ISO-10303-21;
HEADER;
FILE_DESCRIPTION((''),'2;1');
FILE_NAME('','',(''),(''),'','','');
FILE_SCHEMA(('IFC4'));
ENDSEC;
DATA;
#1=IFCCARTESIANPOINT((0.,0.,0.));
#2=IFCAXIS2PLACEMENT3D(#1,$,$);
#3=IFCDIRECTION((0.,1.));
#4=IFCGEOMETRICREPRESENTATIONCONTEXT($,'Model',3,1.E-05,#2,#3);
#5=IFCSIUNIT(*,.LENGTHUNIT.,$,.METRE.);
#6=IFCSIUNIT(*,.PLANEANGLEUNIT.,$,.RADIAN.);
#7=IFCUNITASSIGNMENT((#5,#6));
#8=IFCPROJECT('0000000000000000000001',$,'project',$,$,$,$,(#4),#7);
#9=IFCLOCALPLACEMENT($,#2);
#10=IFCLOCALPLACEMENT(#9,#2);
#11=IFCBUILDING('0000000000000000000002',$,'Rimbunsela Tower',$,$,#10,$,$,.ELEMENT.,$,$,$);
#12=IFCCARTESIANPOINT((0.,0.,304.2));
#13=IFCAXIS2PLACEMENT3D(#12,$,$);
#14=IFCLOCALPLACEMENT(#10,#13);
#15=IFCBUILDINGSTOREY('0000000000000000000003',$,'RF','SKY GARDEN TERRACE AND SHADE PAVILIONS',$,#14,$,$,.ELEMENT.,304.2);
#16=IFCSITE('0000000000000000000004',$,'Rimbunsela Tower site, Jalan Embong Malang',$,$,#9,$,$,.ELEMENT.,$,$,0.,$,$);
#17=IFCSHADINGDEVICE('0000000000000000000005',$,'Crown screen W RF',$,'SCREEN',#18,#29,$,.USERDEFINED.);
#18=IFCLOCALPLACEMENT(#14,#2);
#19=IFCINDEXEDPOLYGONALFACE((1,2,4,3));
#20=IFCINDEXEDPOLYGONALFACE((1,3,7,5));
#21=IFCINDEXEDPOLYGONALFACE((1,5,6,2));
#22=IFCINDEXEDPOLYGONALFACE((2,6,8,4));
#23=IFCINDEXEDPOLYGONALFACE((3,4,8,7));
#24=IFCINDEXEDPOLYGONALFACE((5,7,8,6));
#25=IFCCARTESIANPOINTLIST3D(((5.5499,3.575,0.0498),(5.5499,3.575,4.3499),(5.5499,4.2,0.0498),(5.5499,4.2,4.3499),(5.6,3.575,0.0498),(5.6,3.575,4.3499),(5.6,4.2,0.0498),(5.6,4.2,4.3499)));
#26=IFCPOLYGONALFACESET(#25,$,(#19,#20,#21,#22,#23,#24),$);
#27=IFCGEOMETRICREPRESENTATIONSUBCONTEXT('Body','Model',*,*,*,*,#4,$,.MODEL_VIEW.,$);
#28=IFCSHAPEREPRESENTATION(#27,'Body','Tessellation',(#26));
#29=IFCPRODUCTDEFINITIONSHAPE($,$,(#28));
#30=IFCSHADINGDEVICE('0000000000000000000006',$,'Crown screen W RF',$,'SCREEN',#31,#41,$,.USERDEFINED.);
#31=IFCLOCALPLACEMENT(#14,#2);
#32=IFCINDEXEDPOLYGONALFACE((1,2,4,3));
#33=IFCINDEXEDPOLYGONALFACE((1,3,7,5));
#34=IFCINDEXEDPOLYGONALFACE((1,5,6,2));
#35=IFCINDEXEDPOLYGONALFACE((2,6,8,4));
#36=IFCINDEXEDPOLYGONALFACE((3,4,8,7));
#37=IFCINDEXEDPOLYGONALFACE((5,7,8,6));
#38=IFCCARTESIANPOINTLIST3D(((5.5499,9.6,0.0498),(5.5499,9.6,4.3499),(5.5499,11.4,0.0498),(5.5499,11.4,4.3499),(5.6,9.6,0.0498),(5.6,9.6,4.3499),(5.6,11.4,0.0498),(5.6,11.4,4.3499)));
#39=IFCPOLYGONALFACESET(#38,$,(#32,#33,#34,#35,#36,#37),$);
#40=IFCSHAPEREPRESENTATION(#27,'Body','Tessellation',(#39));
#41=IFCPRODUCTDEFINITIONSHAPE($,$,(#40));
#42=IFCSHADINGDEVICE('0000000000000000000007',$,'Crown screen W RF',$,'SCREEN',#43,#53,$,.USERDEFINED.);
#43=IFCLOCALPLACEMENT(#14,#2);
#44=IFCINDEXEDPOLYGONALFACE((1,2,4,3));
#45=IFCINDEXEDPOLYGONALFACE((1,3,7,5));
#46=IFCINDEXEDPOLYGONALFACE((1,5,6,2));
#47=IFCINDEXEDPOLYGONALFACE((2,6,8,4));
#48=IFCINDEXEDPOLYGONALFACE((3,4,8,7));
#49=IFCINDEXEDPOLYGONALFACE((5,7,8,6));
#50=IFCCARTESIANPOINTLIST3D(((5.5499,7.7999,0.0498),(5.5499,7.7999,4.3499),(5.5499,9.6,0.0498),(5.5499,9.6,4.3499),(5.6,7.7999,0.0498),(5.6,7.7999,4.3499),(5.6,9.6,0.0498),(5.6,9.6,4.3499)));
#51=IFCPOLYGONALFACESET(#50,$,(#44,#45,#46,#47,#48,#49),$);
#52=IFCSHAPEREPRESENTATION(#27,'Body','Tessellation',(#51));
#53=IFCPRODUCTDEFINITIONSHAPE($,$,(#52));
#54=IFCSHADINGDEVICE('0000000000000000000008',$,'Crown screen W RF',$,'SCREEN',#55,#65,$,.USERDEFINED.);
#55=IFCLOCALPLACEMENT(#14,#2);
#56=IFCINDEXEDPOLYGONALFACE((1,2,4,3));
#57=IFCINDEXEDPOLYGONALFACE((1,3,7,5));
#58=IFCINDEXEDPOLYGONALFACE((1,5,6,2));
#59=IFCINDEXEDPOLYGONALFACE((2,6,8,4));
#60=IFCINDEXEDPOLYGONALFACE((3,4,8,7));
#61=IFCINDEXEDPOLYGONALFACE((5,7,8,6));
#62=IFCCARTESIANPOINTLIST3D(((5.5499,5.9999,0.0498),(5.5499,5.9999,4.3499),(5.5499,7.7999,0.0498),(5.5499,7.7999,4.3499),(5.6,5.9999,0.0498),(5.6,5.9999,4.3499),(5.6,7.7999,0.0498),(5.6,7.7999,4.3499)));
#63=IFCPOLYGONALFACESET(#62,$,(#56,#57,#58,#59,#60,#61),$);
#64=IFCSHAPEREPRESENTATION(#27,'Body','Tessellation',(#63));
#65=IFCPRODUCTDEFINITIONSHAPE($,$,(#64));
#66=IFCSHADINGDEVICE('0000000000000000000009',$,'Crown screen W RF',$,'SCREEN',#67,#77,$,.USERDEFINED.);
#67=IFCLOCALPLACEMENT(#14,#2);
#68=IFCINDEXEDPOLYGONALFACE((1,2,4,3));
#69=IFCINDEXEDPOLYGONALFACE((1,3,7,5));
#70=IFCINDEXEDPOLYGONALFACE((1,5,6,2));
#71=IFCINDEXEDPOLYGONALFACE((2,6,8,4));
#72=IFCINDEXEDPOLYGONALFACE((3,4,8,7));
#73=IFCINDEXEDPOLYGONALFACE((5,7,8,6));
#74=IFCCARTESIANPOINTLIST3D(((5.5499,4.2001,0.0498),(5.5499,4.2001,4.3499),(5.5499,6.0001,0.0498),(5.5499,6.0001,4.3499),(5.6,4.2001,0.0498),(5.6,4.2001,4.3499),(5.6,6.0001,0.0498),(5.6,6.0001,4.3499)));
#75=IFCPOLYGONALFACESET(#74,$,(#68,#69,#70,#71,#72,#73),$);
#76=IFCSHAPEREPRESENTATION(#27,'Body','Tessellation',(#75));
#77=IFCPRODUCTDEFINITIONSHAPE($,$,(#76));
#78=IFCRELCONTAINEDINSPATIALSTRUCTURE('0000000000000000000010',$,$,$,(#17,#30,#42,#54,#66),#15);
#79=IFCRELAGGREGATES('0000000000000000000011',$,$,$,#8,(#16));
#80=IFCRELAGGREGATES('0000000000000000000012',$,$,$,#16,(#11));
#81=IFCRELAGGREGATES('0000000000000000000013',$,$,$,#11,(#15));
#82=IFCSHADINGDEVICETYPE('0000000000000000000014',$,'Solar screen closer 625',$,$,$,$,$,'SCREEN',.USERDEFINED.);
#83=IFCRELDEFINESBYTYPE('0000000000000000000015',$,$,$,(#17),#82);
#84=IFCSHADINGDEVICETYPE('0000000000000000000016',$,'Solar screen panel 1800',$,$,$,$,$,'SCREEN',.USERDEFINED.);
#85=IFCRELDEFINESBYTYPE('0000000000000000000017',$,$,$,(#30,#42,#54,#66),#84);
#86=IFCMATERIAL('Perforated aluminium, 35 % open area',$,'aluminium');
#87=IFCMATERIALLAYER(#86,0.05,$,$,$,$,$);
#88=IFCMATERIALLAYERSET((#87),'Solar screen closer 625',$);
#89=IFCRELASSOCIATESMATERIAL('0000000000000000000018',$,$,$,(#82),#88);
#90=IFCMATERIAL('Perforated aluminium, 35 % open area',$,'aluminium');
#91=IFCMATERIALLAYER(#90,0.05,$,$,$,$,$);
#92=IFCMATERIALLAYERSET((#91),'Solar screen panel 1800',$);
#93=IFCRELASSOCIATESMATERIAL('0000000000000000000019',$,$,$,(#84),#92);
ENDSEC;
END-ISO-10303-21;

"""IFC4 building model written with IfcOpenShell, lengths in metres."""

from ifc_helpers import new_model, si_unit, direction, frame, origin, origin_2d, place, context, subcontext, project, spatial, rectangle, extrude, material, layer, layer_set, type_object, element, save


model = new_model("IFC4")

# Units and contexts
model_context = context("Model", 3, precision=1e-05, world=origin(), true_north=direction((0.0, 1.0)))
body_context = subcontext(model_context, "Body", "Model", "MODEL_VIEW")
ifc_project = project(units=[si_unit("LENGTHUNIT", "METRE"), si_unit("PLANEANGLEUNIT", "RADIAN")], contexts=[model_context])

# Site, building, storey
site_placement = place(None, origin())
site = spatial("IfcSite", under=ifc_project, at=site_placement, Name="Rimbunsela Tower site, Jalan Embong Malang", CompositionType="ELEMENT", RefElevation=0.0)
building_placement = place(site_placement, origin())
building = spatial("IfcBuilding", under=site, at=building_placement, Name="Rimbunsela Tower", CompositionType="ELEMENT")
storey_placement = place(building_placement, frame((0.0, 0.0, 304.2)))
storey = spatial("IfcBuildingStorey", under=building, at=storey_placement, Name="RF", Description="SKY GARDEN TERRACE AND SHADE PAVILIONS", CompositionType="ELEMENT", Elevation=304.2)

# Shading devices
ifc_material_1 = material(Name="Perforated aluminium, 35 % open area", Category="aluminium")
ifc_layer_1 = layer(ifc_material_1, 0.05)
ifc_layer_set_1 = layer_set([ifc_layer_1], Name="Solar screen closer 625")
shading_device_type_1 = type_object("IfcShadingDeviceType", Name="Solar screen closer 625", ElementType="SCREEN", PredefinedType="USERDEFINED", material=ifc_layer_set_1)
for number, where, z_axis, x_axis, name in (
    (1, (5.575, 3.8875, 0.0498), (0.0, 0.0, 1.0), (0.0, 1.0, 0.0), "Crown screen W RF"),
):
    element("IfcShadingDevice", number, at=place(storey_placement, frame(where, z_axis=z_axis, x_axis=x_axis)), inside=storey, type_object=shading_device_type_1, Name=name, ObjectType="SCREEN", PredefinedType="USERDEFINED", context=body_context, shape_type="SweptSolid", body=[
        extrude(rectangle(XDim=0.625, YDim=0.05, at=origin_2d()), origin(), (0.0, 0.0, 1.0), 4.3),
    ])
ifc_material_2 = material(Name="Perforated aluminium, 35 % open area", Category="aluminium")
ifc_layer_2 = layer(ifc_material_2, 0.05)
ifc_layer_set_2 = layer_set([ifc_layer_2], Name="Solar screen panel 1800")
shading_device_type_2 = type_object("IfcShadingDeviceType", Name="Solar screen panel 1800", ElementType="SCREEN", PredefinedType="USERDEFINED", material=ifc_layer_set_2)
for number, where, z_axis, x_axis, name in (
    (2, (5.575, 10.5, 0.0498), (0.0, 0.0, 1.0), (0.0, 1.0, 0.0), "Crown screen W RF"),
    (3, (5.575, 8.7, 0.0498), (0.0, 0.0, 1.0), (0.0, 1.0, 0.0), "Crown screen W RF"),
    (4, (5.575, 6.8999, 0.0498), (0.0, 0.0, 1.0), (0.0, 1.0, 0.0), "Crown screen W RF"),
    (5, (5.575, 5.1001, 0.0498), (0.0, 0.0, 1.0), (0.0, 1.0, 0.0), "Crown screen W RF"),
):
    element("IfcShadingDevice", number, at=place(storey_placement, frame(where, z_axis=z_axis, x_axis=x_axis)), inside=storey, type_object=shading_device_type_2, Name=name, ObjectType="SCREEN", PredefinedType="USERDEFINED", context=body_context, shape_type="SweptSolid", body=[
        extrude(rectangle(XDim=1.8, YDim=0.05, at=origin_2d()), origin(), (0.0, 0.0, 1.0), 4.3),
    ])

save(model, "model.ifc")
